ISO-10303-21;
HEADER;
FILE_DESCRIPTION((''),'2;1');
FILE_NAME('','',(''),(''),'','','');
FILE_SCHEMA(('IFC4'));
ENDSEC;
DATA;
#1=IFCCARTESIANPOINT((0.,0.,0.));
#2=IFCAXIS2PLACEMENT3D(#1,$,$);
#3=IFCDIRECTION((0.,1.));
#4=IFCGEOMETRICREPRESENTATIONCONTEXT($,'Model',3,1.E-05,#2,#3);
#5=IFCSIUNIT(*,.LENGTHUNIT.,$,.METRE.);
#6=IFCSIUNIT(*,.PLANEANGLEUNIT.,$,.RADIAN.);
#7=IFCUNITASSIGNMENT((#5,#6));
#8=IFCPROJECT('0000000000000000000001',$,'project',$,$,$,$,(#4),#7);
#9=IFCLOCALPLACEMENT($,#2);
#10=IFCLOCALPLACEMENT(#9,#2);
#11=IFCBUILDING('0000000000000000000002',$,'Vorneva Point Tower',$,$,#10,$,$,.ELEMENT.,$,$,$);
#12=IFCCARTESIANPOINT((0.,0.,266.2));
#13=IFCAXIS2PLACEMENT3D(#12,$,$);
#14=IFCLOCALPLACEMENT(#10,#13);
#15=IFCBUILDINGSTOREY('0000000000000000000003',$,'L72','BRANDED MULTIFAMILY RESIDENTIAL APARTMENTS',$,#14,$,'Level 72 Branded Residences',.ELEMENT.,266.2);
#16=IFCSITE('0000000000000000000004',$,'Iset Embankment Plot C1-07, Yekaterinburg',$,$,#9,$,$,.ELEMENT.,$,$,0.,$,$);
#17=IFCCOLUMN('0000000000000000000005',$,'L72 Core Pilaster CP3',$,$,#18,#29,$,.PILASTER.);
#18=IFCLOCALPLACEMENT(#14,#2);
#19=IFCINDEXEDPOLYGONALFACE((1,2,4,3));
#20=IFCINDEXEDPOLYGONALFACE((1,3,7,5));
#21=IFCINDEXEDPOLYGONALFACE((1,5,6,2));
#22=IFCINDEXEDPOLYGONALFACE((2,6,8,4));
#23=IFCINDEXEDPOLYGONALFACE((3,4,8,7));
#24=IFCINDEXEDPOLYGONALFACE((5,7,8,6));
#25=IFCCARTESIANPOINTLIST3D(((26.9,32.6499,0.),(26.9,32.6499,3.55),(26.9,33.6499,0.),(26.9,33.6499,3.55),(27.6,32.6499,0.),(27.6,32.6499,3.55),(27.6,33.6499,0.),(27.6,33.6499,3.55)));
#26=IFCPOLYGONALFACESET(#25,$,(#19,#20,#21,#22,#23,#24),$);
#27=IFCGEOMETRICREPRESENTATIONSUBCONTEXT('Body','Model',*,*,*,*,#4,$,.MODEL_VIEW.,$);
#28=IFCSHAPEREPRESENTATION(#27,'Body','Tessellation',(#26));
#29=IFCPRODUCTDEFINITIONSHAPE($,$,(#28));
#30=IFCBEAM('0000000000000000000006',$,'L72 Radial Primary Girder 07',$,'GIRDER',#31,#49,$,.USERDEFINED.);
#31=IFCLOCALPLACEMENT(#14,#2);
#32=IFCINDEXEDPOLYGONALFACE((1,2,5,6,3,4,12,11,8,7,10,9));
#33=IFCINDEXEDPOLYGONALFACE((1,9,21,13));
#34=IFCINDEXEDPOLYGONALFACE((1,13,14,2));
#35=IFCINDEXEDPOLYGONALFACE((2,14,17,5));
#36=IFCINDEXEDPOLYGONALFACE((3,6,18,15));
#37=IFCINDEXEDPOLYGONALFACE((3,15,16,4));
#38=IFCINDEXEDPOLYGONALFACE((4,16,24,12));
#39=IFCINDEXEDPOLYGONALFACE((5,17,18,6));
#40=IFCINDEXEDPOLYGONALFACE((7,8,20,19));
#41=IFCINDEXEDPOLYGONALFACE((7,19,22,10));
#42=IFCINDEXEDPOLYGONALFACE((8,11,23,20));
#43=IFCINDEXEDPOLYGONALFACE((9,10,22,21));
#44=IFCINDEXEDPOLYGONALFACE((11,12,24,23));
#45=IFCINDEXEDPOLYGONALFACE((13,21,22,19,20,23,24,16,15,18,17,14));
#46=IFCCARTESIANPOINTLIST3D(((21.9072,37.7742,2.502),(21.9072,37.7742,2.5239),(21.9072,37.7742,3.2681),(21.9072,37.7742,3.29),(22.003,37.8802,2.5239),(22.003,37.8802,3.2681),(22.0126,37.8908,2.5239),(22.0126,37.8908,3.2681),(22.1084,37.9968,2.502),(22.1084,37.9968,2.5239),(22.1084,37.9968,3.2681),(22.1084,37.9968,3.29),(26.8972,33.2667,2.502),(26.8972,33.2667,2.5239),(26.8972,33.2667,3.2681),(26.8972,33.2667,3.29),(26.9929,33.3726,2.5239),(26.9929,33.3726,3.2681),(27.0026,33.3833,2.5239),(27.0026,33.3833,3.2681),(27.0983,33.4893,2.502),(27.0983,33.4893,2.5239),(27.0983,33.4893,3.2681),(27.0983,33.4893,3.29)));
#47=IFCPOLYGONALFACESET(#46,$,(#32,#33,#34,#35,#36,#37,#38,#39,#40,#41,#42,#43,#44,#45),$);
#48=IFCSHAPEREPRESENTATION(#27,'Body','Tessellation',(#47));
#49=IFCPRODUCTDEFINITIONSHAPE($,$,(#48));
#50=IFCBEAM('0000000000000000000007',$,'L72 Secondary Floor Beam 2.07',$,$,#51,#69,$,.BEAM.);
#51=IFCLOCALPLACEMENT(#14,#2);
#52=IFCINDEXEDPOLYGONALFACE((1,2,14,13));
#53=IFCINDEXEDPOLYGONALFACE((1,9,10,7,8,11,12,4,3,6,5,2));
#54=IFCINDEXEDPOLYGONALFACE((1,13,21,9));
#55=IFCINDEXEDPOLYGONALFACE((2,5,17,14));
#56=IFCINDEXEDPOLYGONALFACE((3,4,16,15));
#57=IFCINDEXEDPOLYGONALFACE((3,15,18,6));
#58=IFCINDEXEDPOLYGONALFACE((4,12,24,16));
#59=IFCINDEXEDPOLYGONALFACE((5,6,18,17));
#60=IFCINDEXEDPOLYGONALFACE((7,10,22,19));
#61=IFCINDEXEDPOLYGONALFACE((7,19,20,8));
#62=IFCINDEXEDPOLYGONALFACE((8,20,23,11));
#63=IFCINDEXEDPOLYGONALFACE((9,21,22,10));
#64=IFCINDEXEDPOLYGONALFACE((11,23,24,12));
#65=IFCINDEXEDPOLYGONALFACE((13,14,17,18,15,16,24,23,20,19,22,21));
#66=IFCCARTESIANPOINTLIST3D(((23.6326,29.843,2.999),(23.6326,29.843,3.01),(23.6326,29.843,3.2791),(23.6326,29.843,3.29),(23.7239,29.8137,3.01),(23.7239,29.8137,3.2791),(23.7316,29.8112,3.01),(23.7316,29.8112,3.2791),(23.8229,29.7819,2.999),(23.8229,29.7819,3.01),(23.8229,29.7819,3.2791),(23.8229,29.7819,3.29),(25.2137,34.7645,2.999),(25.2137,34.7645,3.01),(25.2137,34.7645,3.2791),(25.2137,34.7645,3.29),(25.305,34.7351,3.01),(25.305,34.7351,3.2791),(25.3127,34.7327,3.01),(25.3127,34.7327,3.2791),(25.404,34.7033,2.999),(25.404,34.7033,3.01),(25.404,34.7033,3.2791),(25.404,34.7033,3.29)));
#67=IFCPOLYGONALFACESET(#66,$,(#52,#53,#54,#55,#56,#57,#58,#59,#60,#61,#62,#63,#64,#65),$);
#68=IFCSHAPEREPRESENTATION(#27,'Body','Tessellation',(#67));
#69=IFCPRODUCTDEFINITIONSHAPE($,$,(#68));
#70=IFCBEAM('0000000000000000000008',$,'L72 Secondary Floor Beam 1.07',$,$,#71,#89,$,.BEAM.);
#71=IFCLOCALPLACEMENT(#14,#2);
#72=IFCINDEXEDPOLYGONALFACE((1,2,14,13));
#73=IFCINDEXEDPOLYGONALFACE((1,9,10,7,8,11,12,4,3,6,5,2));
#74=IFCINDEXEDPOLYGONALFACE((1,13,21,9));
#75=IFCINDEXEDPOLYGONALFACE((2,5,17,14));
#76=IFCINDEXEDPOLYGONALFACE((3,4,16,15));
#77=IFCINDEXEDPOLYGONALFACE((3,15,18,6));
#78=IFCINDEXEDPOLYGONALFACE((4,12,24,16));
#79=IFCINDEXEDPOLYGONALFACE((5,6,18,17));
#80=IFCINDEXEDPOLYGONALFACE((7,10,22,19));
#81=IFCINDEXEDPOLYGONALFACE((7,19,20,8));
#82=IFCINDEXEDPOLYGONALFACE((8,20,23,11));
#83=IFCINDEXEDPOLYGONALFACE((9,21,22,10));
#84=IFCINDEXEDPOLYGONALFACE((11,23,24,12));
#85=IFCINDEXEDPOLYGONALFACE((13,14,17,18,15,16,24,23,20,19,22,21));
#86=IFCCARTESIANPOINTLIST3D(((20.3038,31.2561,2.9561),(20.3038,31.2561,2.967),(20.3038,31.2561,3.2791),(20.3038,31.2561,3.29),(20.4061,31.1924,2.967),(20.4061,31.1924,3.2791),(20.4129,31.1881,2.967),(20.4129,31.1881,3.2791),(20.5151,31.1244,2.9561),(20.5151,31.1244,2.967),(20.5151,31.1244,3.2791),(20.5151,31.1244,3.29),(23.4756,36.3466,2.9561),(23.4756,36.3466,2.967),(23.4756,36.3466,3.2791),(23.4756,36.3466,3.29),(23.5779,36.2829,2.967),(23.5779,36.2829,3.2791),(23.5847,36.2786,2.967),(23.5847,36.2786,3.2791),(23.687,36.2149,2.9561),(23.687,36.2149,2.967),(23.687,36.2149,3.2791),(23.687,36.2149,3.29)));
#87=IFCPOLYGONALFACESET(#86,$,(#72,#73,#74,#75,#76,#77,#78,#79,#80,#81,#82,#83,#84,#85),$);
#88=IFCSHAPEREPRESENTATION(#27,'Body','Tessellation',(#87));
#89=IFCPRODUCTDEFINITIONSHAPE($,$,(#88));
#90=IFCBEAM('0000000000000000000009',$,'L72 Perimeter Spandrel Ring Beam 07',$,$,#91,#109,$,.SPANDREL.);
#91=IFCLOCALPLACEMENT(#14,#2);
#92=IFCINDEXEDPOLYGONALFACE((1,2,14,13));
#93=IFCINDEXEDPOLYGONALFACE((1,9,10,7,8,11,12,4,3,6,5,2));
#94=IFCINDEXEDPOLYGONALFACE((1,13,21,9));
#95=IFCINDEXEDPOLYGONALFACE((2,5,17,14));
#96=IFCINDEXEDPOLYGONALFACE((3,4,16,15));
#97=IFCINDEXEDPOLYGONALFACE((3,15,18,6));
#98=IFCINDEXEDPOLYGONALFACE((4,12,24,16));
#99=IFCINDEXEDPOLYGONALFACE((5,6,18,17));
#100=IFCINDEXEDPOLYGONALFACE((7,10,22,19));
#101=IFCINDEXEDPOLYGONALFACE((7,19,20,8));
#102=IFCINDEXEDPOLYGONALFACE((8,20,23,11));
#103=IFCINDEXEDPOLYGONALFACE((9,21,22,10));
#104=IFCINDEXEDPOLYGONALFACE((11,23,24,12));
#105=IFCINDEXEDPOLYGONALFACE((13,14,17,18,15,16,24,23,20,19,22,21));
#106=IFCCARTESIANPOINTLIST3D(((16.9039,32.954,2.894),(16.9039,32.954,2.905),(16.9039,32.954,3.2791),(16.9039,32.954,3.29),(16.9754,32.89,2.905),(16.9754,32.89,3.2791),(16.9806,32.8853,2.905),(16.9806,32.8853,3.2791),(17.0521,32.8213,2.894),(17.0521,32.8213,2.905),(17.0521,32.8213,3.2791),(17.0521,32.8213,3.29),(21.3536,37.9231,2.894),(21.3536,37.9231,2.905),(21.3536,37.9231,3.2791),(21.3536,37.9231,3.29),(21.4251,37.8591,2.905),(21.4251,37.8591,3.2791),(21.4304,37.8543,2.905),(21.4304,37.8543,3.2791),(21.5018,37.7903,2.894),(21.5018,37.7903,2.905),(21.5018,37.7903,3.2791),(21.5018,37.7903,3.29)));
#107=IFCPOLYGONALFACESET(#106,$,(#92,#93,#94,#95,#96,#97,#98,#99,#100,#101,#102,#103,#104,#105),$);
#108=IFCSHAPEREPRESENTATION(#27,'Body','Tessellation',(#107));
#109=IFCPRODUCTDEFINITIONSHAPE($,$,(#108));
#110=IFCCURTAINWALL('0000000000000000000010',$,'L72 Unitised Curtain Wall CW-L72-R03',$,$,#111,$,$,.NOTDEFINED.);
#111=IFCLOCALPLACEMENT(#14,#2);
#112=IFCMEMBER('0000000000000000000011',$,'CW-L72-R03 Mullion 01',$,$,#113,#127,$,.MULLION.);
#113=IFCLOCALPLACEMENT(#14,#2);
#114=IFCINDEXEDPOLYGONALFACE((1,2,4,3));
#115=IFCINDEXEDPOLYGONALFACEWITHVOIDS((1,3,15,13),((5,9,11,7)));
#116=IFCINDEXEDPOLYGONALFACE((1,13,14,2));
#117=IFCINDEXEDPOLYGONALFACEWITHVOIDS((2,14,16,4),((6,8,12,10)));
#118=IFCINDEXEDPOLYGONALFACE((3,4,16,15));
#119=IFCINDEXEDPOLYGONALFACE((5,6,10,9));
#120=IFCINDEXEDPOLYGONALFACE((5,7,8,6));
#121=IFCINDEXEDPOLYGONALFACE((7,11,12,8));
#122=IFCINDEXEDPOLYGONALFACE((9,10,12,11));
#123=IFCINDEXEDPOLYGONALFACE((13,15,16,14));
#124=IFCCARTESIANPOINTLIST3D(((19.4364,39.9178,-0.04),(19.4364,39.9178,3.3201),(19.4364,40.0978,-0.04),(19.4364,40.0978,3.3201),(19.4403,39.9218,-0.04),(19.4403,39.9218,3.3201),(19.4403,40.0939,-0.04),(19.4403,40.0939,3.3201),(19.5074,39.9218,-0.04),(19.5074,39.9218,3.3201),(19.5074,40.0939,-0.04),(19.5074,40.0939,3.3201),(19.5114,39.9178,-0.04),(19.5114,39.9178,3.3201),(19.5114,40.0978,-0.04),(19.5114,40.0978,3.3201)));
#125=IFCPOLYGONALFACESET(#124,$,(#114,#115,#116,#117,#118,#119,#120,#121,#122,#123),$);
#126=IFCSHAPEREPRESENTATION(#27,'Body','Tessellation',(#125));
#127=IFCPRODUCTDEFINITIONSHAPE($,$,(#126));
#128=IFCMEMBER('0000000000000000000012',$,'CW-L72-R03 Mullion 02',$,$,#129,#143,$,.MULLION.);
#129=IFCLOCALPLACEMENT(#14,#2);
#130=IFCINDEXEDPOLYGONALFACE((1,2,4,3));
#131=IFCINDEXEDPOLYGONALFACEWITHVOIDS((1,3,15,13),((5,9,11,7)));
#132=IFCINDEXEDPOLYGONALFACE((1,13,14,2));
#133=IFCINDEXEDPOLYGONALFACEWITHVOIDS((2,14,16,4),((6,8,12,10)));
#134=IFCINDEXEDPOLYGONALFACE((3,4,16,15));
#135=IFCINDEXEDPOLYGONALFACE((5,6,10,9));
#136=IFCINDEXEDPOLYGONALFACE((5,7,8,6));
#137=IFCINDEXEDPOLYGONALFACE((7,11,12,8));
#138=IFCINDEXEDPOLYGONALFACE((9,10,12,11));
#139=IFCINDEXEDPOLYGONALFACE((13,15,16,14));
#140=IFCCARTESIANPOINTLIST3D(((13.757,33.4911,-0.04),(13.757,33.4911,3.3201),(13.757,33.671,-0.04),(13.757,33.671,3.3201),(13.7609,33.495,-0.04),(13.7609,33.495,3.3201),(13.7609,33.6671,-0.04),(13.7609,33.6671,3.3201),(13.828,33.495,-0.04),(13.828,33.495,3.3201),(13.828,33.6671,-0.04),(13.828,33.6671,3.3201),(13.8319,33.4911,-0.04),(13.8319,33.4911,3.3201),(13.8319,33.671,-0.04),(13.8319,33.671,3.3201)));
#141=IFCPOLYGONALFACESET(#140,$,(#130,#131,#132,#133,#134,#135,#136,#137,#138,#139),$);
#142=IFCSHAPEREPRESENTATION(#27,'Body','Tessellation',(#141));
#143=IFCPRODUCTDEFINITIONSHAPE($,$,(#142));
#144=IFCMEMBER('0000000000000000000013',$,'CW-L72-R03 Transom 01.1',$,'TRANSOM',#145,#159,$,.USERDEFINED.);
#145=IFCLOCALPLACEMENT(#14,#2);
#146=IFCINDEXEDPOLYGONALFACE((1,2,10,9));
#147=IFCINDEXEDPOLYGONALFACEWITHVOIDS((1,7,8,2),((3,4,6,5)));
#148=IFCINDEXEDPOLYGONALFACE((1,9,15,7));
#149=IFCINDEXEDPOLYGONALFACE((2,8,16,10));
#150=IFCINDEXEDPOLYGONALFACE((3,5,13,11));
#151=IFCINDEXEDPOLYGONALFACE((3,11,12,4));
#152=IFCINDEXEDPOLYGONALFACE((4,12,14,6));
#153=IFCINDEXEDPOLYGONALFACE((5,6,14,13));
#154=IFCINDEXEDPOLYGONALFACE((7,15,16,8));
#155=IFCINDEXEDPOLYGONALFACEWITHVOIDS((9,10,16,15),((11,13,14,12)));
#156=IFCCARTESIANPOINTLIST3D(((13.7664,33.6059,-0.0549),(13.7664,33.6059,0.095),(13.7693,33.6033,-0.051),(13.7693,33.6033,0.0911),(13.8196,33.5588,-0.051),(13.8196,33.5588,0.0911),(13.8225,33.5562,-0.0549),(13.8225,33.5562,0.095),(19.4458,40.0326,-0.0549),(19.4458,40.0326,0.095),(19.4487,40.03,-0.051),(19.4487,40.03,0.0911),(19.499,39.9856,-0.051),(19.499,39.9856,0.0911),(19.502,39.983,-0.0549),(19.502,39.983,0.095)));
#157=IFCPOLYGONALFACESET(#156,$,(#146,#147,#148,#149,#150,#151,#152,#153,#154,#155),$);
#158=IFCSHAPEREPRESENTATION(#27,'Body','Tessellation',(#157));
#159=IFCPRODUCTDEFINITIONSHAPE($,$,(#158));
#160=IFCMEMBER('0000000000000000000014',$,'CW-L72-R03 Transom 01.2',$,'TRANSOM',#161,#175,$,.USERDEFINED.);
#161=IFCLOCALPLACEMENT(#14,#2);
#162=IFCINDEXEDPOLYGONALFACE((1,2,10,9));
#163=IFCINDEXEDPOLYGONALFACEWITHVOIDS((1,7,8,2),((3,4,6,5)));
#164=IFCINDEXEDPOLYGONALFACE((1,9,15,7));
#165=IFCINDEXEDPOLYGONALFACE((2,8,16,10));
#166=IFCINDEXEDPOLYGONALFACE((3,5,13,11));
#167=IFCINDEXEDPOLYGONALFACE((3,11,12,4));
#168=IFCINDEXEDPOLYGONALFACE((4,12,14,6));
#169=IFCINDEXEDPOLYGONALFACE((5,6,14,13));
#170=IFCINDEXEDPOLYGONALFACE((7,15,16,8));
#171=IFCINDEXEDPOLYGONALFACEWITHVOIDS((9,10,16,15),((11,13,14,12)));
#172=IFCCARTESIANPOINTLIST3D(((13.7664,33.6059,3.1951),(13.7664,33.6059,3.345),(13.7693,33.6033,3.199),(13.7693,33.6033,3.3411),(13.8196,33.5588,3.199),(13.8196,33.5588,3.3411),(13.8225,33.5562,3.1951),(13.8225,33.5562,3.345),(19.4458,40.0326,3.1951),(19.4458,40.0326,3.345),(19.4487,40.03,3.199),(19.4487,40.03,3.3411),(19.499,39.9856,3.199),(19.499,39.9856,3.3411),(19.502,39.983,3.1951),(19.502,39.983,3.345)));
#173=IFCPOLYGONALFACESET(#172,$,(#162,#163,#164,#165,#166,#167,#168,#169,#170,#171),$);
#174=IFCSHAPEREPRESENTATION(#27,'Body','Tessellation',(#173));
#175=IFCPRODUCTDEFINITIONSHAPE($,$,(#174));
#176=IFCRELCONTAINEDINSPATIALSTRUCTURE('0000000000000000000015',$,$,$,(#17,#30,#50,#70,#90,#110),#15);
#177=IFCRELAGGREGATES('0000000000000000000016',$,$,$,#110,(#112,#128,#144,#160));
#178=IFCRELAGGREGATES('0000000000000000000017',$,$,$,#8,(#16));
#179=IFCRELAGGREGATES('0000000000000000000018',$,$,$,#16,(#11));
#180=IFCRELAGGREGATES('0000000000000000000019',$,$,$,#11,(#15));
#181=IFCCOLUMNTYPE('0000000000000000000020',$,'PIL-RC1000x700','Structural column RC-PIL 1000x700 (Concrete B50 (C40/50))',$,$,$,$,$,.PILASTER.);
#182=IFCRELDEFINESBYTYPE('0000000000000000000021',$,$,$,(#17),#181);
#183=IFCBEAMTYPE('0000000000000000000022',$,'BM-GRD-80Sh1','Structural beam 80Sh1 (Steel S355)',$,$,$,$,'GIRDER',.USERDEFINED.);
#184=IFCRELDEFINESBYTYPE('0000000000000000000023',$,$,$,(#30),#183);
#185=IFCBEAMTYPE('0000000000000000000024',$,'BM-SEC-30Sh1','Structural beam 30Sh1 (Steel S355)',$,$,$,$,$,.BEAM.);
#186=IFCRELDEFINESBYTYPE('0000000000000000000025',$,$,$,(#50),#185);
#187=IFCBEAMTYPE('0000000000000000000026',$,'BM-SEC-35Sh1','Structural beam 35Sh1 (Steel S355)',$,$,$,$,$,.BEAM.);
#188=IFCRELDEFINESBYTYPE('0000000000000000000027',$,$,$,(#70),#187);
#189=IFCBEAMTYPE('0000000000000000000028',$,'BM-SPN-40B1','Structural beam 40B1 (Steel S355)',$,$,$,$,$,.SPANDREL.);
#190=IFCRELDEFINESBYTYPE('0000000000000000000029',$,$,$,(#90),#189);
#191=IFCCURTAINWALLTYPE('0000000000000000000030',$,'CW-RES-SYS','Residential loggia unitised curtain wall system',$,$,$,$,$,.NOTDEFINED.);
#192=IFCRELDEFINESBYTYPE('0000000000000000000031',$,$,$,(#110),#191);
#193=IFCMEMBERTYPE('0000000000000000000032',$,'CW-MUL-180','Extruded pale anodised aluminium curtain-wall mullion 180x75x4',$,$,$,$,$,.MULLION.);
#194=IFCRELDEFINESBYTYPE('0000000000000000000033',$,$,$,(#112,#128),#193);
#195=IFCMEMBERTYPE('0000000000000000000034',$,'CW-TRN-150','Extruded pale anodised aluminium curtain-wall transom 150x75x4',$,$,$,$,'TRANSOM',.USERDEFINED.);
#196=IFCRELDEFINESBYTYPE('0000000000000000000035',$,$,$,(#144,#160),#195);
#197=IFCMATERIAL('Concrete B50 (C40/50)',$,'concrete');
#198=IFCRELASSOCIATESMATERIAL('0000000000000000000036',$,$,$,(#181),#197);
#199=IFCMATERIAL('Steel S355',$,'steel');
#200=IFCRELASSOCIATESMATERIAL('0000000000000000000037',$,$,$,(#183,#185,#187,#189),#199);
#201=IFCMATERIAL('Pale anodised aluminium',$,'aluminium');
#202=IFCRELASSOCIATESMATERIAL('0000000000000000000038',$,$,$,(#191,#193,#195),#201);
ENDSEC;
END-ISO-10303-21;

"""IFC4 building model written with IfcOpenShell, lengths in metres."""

from ifc_helpers import new_model, si_unit, direction, frame, origin, origin_2d, place, context, subcontext, project, spatial, rectangle, hollow_rectangle, i_section, extrude, material, material_profile, profile_set, type_object, element, aggregate, save


model = new_model("IFC4")

# Units and contexts
model_context = context("Model", 3, precision=1e-05, world=origin(), true_north=direction((0.0, 1.0)))
body_context = subcontext(model_context, "Body", "Model", "MODEL_VIEW")
ifc_project = project(units=[si_unit("LENGTHUNIT", "METRE"), si_unit("PLANEANGLEUNIT", "RADIAN")], contexts=[model_context])

# Site, building, storey
site_placement = place(None, origin())
site = spatial("IfcSite", under=ifc_project, at=site_placement, Name="Iset Embankment Plot C1-07, Yekaterinburg", CompositionType="ELEMENT", RefElevation=0.0)
building_placement = place(site_placement, origin())
building = spatial("IfcBuilding", under=site, at=building_placement, Name="Vorneva Point Tower", CompositionType="ELEMENT")
storey_placement = place(building_placement, frame((0.0, 0.0, 266.2)))
storey = spatial("IfcBuildingStorey", under=building, at=storey_placement, Name="L72", Description="BRANDED MULTIFAMILY RESIDENTIAL APARTMENTS", LongName="Level 72 Branded Residences", CompositionType="ELEMENT", Elevation=266.2)

# Column
ifc_material_1 = material(Name="Concrete B50 (C40/50)", Category="concrete")
ifc_material_profile_1 = material_profile(ifc_material_1, rectangle(XDim=0.7, YDim=1.0, at=origin_2d()), Name="RC-PIL 1000x700")
ifc_profile_set_1 = profile_set([ifc_material_profile_1], Name="Concrete B50 (C40/50)")
column_type_1 = type_object("IfcColumnType", Name="PIL-RC1000x700", Description="Structural column RC-PIL 1000x700 (Concrete B50 (C40/50))", PredefinedType="PILASTER", material=ifc_profile_set_1)
column_1_placement = place(storey_placement, frame((27.25, 33.1499, 0.0), z_axis=(0.0, 0.0, 1.0), x_axis=(1.0, 0.0, 0.0)))
element("IfcColumn", 1, at=column_1_placement, inside=storey, type_object=column_type_1, Name="L72 Core Pilaster CP3", PredefinedType="PILASTER", context=body_context, shape_type="SweptSolid", body=[
    extrude(rectangle(XDim=0.7, YDim=1.0, at=origin_2d()), origin(), (0.0, 0.0, 1.0), 3.55),
])

# Beams
ifc_material_2 = material(Name="Steel S355", Category="steel")
ifc_material_profile_2 = material_profile(ifc_material_2, i_section(OverallWidth=0.3, OverallDepth=0.7881, WebThickness=0.0144, FlangeThickness=0.022, at=origin_2d()), Name="80Sh1")
ifc_profile_set_2 = profile_set([ifc_material_profile_2], Name="Steel S355")
beam_type_1 = type_object("IfcBeamType", Name="BM-GRD-80Sh1", Description="Structural beam 80Sh1 (Steel S355)", ElementType="GIRDER", PredefinedType="USERDEFINED", material=ifc_profile_set_2)
beam_1_placement = place(storey_placement, frame((22.0078, 37.8855, 2.896), z_axis=(0.742067, -0.670326, 0.0), x_axis=(0.670326, 0.742067, 0.0)))
element("IfcBeam", 2, at=beam_1_placement, inside=storey, type_object=beam_type_1, Name="L72 Radial Primary Girder 07", ObjectType="GIRDER", PredefinedType="USERDEFINED", context=body_context, shape_type="SweptSolid", body=[
    extrude(i_section(OverallWidth=0.3, OverallDepth=0.7881, WebThickness=0.0144, FlangeThickness=0.022, at=origin_2d()), origin(), (0.0, 0.0, 1.0), 6.7244),
])
ifc_material_profile_3 = material_profile(ifc_material_2, i_section(OverallWidth=0.2, OverallDepth=0.291, WebThickness=0.0081, FlangeThickness=0.011, at=origin_2d()), Name="30Sh1")
ifc_profile_set_3 = profile_set([ifc_material_profile_3], Name="Steel S355")
beam_type_2 = type_object("IfcBeamType", Name="BM-SEC-30Sh1", Description="Structural beam 30Sh1 (Steel S355)", PredefinedType="BEAM", material=ifc_profile_set_3)
beam_2_placement = place(storey_placement, frame((25.3088, 34.7339, 3.1445), z_axis=(-0.305865, -0.952075, 0.0), x_axis=(0.952075, -0.305865, 0.0)))
element("IfcBeam", 3, at=beam_2_placement, inside=storey, type_object=beam_type_2, Name="L72 Secondary Floor Beam 2.07", PredefinedType="BEAM", context=body_context, shape_type="SweptSolid", body=[
    extrude(i_section(OverallWidth=0.2, OverallDepth=0.291, WebThickness=0.0081, FlangeThickness=0.011, at=origin_2d()), origin(), (0.0, 0.0, 1.0), 5.1692),
])
ifc_material_profile_4 = material_profile(ifc_material_2, i_section(OverallWidth=0.249, OverallDepth=0.334, WebThickness=0.0081, FlangeThickness=0.011, at=origin_2d()), Name="35Sh1")
ifc_profile_set_4 = profile_set([ifc_material_profile_4], Name="Steel S355")
beam_type_3 = type_object("IfcBeamType", Name="BM-SEC-35Sh1", Description="Structural beam 35Sh1 (Steel S355)", PredefinedType="BEAM", material=ifc_profile_set_4)
beam_3_placement = place(storey_placement, frame((23.5813, 36.2808, 3.123), z_axis=(-0.528831, -0.848727, 0.0), x_axis=(0.848727, -0.528831, 0.0)))
element("IfcBeam", 4, at=beam_3_placement, inside=storey, type_object=beam_type_3, Name="L72 Secondary Floor Beam 1.07", PredefinedType="BEAM", context=body_context, shape_type="SweptSolid", body=[
    extrude(i_section(OverallWidth=0.249, OverallDepth=0.334, WebThickness=0.0081, FlangeThickness=0.011, at=origin_2d()), origin(), (0.0, 0.0, 1.0), 5.9978),
])
ifc_material_profile_5 = material_profile(ifc_material_2, i_section(OverallWidth=0.199, OverallDepth=0.396, WebThickness=0.0071, FlangeThickness=0.011, at=origin_2d()), Name="40B1")
ifc_profile_set_5 = profile_set([ifc_material_profile_5], Name="Steel S355")
beam_type_4 = type_object("IfcBeamType", Name="BM-SPN-40B1", Description="Structural beam 40B1 (Steel S355)", PredefinedType="SPANDREL", material=ifc_profile_set_5)
beam_4_placement = place(storey_placement, frame((21.4277, 37.8567, 3.092), z_axis=(-0.667108, -0.744961, 0.0), x_axis=(0.744961, -0.667108, 0.0)))
element("IfcBeam", 5, at=beam_4_placement, inside=storey, type_object=beam_type_4, Name="L72 Perimeter Spandrel Ring Beam 07", PredefinedType="SPANDREL", context=body_context, shape_type="SweptSolid", body=[
    extrude(i_section(OverallWidth=0.199, OverallDepth=0.396, WebThickness=0.0071, FlangeThickness=0.011, at=origin_2d()), origin(), (0.0, 0.0, 1.0), 6.6702),
])

# Curtain wall, members
ifc_material_3 = material(Name="Pale anodised aluminium", Category="aluminium")
curtain_wall_type = type_object("IfcCurtainWallType", Name="CW-RES-SYS", Description="Residential loggia unitised curtain wall system", PredefinedType="NOTDEFINED", material=ifc_material_3)
curtain_wall_placement = place(storey_placement, origin())
curtain_wall = element("IfcCurtainWall", 6, at=curtain_wall_placement, inside=storey, type_object=curtain_wall_type, Name="L72 Unitised Curtain Wall CW-L72-R03", PredefinedType="NOTDEFINED")
ifc_material_profile_6 = material_profile(ifc_material_3, hollow_rectangle(XDim=0.075, YDim=0.1799, WallThickness=0.0039, at=origin_2d()), Name="AL-MUL 180x75x4")
ifc_profile_set_6 = profile_set([ifc_material_profile_6], Name="Pale anodised aluminium")
member_type_1 = type_object("IfcMemberType", Name="CW-MUL-180", Description="Extruded pale anodised aluminium curtain-wall mullion 180x75x4", PredefinedType="MULLION", material=ifc_profile_set_6)
member_1_placement = place(storey_placement, frame((19.4739, 40.0078, -0.04), z_axis=(0.0, 0.0, 1.0), x_axis=(1.0, 0.0, 0.0)))
member_1 = element("IfcMember", 7, at=member_1_placement, type_object=member_type_1, Name="CW-L72-R03 Mullion 01", PredefinedType="MULLION", context=body_context, shape_type="SweptSolid", body=[
    extrude(hollow_rectangle(XDim=0.075, YDim=0.1799, WallThickness=0.0039, at=origin_2d()), origin(), (0.0, 0.0, 1.0), 3.3601),
])
member_2_placement = place(storey_placement, frame((13.7944, 33.5811, -0.04), z_axis=(0.0, 0.0, 1.0), x_axis=(1.0, 0.0, 0.0)))
member_2 = element("IfcMember", 8, at=member_2_placement, type_object=member_type_1, Name="CW-L72-R03 Mullion 02", PredefinedType="MULLION", context=body_context, shape_type="SweptSolid", body=[
    extrude(hollow_rectangle(XDim=0.075, YDim=0.1799, WallThickness=0.0039, at=origin_2d()), origin(), (0.0, 0.0, 1.0), 3.3601),
])
ifc_material_profile_7 = material_profile(ifc_material_3, hollow_rectangle(XDim=0.075, YDim=0.1499, WallThickness=0.0039, at=origin_2d()), Name="AL-TRN 150x75x4")
ifc_profile_set_7 = profile_set([ifc_material_profile_7], Name="Pale anodised aluminium")
member_type_2 = type_object("IfcMemberType", Name="CW-TRN-150", Description="Extruded pale anodised aluminium curtain-wall transom 150x75x4", ElementType="TRANSOM", PredefinedType="USERDEFINED", material=ifc_profile_set_7)
member_3_placement = place(storey_placement, frame((19.4739, 40.0078, 0.02), z_axis=(-0.662197, -0.74933, 0.0), x_axis=(0.74933, -0.662197, 0.0)))
member_3 = element("IfcMember", 9, at=member_3_placement, type_object=member_type_2, Name="CW-L72-R03 Transom 01.1", ObjectType="TRANSOM", PredefinedType="USERDEFINED", context=body_context, shape_type="SweptSolid", body=[
    extrude(hollow_rectangle(XDim=0.075, YDim=0.1499, WallThickness=0.0039, at=origin_2d()), origin(), (0.0, 0.0, 1.0), 8.5767),
])
member_4_placement = place(storey_placement, frame((19.4739, 40.0078, 3.27), z_axis=(-0.662197, -0.74933, 0.0), x_axis=(0.74933, -0.662197, 0.0)))
member_4 = element("IfcMember", 10, at=member_4_placement, type_object=member_type_2, Name="CW-L72-R03 Transom 01.2", ObjectType="TRANSOM", PredefinedType="USERDEFINED", context=body_context, shape_type="SweptSolid", body=[
    extrude(hollow_rectangle(XDim=0.075, YDim=0.1499, WallThickness=0.0039, at=origin_2d()), origin(), (0.0, 0.0, 1.0), 8.5767),
])
aggregate(curtain_wall, [member_1, member_2, member_3, member_4])

save(model, "model.ifc")
